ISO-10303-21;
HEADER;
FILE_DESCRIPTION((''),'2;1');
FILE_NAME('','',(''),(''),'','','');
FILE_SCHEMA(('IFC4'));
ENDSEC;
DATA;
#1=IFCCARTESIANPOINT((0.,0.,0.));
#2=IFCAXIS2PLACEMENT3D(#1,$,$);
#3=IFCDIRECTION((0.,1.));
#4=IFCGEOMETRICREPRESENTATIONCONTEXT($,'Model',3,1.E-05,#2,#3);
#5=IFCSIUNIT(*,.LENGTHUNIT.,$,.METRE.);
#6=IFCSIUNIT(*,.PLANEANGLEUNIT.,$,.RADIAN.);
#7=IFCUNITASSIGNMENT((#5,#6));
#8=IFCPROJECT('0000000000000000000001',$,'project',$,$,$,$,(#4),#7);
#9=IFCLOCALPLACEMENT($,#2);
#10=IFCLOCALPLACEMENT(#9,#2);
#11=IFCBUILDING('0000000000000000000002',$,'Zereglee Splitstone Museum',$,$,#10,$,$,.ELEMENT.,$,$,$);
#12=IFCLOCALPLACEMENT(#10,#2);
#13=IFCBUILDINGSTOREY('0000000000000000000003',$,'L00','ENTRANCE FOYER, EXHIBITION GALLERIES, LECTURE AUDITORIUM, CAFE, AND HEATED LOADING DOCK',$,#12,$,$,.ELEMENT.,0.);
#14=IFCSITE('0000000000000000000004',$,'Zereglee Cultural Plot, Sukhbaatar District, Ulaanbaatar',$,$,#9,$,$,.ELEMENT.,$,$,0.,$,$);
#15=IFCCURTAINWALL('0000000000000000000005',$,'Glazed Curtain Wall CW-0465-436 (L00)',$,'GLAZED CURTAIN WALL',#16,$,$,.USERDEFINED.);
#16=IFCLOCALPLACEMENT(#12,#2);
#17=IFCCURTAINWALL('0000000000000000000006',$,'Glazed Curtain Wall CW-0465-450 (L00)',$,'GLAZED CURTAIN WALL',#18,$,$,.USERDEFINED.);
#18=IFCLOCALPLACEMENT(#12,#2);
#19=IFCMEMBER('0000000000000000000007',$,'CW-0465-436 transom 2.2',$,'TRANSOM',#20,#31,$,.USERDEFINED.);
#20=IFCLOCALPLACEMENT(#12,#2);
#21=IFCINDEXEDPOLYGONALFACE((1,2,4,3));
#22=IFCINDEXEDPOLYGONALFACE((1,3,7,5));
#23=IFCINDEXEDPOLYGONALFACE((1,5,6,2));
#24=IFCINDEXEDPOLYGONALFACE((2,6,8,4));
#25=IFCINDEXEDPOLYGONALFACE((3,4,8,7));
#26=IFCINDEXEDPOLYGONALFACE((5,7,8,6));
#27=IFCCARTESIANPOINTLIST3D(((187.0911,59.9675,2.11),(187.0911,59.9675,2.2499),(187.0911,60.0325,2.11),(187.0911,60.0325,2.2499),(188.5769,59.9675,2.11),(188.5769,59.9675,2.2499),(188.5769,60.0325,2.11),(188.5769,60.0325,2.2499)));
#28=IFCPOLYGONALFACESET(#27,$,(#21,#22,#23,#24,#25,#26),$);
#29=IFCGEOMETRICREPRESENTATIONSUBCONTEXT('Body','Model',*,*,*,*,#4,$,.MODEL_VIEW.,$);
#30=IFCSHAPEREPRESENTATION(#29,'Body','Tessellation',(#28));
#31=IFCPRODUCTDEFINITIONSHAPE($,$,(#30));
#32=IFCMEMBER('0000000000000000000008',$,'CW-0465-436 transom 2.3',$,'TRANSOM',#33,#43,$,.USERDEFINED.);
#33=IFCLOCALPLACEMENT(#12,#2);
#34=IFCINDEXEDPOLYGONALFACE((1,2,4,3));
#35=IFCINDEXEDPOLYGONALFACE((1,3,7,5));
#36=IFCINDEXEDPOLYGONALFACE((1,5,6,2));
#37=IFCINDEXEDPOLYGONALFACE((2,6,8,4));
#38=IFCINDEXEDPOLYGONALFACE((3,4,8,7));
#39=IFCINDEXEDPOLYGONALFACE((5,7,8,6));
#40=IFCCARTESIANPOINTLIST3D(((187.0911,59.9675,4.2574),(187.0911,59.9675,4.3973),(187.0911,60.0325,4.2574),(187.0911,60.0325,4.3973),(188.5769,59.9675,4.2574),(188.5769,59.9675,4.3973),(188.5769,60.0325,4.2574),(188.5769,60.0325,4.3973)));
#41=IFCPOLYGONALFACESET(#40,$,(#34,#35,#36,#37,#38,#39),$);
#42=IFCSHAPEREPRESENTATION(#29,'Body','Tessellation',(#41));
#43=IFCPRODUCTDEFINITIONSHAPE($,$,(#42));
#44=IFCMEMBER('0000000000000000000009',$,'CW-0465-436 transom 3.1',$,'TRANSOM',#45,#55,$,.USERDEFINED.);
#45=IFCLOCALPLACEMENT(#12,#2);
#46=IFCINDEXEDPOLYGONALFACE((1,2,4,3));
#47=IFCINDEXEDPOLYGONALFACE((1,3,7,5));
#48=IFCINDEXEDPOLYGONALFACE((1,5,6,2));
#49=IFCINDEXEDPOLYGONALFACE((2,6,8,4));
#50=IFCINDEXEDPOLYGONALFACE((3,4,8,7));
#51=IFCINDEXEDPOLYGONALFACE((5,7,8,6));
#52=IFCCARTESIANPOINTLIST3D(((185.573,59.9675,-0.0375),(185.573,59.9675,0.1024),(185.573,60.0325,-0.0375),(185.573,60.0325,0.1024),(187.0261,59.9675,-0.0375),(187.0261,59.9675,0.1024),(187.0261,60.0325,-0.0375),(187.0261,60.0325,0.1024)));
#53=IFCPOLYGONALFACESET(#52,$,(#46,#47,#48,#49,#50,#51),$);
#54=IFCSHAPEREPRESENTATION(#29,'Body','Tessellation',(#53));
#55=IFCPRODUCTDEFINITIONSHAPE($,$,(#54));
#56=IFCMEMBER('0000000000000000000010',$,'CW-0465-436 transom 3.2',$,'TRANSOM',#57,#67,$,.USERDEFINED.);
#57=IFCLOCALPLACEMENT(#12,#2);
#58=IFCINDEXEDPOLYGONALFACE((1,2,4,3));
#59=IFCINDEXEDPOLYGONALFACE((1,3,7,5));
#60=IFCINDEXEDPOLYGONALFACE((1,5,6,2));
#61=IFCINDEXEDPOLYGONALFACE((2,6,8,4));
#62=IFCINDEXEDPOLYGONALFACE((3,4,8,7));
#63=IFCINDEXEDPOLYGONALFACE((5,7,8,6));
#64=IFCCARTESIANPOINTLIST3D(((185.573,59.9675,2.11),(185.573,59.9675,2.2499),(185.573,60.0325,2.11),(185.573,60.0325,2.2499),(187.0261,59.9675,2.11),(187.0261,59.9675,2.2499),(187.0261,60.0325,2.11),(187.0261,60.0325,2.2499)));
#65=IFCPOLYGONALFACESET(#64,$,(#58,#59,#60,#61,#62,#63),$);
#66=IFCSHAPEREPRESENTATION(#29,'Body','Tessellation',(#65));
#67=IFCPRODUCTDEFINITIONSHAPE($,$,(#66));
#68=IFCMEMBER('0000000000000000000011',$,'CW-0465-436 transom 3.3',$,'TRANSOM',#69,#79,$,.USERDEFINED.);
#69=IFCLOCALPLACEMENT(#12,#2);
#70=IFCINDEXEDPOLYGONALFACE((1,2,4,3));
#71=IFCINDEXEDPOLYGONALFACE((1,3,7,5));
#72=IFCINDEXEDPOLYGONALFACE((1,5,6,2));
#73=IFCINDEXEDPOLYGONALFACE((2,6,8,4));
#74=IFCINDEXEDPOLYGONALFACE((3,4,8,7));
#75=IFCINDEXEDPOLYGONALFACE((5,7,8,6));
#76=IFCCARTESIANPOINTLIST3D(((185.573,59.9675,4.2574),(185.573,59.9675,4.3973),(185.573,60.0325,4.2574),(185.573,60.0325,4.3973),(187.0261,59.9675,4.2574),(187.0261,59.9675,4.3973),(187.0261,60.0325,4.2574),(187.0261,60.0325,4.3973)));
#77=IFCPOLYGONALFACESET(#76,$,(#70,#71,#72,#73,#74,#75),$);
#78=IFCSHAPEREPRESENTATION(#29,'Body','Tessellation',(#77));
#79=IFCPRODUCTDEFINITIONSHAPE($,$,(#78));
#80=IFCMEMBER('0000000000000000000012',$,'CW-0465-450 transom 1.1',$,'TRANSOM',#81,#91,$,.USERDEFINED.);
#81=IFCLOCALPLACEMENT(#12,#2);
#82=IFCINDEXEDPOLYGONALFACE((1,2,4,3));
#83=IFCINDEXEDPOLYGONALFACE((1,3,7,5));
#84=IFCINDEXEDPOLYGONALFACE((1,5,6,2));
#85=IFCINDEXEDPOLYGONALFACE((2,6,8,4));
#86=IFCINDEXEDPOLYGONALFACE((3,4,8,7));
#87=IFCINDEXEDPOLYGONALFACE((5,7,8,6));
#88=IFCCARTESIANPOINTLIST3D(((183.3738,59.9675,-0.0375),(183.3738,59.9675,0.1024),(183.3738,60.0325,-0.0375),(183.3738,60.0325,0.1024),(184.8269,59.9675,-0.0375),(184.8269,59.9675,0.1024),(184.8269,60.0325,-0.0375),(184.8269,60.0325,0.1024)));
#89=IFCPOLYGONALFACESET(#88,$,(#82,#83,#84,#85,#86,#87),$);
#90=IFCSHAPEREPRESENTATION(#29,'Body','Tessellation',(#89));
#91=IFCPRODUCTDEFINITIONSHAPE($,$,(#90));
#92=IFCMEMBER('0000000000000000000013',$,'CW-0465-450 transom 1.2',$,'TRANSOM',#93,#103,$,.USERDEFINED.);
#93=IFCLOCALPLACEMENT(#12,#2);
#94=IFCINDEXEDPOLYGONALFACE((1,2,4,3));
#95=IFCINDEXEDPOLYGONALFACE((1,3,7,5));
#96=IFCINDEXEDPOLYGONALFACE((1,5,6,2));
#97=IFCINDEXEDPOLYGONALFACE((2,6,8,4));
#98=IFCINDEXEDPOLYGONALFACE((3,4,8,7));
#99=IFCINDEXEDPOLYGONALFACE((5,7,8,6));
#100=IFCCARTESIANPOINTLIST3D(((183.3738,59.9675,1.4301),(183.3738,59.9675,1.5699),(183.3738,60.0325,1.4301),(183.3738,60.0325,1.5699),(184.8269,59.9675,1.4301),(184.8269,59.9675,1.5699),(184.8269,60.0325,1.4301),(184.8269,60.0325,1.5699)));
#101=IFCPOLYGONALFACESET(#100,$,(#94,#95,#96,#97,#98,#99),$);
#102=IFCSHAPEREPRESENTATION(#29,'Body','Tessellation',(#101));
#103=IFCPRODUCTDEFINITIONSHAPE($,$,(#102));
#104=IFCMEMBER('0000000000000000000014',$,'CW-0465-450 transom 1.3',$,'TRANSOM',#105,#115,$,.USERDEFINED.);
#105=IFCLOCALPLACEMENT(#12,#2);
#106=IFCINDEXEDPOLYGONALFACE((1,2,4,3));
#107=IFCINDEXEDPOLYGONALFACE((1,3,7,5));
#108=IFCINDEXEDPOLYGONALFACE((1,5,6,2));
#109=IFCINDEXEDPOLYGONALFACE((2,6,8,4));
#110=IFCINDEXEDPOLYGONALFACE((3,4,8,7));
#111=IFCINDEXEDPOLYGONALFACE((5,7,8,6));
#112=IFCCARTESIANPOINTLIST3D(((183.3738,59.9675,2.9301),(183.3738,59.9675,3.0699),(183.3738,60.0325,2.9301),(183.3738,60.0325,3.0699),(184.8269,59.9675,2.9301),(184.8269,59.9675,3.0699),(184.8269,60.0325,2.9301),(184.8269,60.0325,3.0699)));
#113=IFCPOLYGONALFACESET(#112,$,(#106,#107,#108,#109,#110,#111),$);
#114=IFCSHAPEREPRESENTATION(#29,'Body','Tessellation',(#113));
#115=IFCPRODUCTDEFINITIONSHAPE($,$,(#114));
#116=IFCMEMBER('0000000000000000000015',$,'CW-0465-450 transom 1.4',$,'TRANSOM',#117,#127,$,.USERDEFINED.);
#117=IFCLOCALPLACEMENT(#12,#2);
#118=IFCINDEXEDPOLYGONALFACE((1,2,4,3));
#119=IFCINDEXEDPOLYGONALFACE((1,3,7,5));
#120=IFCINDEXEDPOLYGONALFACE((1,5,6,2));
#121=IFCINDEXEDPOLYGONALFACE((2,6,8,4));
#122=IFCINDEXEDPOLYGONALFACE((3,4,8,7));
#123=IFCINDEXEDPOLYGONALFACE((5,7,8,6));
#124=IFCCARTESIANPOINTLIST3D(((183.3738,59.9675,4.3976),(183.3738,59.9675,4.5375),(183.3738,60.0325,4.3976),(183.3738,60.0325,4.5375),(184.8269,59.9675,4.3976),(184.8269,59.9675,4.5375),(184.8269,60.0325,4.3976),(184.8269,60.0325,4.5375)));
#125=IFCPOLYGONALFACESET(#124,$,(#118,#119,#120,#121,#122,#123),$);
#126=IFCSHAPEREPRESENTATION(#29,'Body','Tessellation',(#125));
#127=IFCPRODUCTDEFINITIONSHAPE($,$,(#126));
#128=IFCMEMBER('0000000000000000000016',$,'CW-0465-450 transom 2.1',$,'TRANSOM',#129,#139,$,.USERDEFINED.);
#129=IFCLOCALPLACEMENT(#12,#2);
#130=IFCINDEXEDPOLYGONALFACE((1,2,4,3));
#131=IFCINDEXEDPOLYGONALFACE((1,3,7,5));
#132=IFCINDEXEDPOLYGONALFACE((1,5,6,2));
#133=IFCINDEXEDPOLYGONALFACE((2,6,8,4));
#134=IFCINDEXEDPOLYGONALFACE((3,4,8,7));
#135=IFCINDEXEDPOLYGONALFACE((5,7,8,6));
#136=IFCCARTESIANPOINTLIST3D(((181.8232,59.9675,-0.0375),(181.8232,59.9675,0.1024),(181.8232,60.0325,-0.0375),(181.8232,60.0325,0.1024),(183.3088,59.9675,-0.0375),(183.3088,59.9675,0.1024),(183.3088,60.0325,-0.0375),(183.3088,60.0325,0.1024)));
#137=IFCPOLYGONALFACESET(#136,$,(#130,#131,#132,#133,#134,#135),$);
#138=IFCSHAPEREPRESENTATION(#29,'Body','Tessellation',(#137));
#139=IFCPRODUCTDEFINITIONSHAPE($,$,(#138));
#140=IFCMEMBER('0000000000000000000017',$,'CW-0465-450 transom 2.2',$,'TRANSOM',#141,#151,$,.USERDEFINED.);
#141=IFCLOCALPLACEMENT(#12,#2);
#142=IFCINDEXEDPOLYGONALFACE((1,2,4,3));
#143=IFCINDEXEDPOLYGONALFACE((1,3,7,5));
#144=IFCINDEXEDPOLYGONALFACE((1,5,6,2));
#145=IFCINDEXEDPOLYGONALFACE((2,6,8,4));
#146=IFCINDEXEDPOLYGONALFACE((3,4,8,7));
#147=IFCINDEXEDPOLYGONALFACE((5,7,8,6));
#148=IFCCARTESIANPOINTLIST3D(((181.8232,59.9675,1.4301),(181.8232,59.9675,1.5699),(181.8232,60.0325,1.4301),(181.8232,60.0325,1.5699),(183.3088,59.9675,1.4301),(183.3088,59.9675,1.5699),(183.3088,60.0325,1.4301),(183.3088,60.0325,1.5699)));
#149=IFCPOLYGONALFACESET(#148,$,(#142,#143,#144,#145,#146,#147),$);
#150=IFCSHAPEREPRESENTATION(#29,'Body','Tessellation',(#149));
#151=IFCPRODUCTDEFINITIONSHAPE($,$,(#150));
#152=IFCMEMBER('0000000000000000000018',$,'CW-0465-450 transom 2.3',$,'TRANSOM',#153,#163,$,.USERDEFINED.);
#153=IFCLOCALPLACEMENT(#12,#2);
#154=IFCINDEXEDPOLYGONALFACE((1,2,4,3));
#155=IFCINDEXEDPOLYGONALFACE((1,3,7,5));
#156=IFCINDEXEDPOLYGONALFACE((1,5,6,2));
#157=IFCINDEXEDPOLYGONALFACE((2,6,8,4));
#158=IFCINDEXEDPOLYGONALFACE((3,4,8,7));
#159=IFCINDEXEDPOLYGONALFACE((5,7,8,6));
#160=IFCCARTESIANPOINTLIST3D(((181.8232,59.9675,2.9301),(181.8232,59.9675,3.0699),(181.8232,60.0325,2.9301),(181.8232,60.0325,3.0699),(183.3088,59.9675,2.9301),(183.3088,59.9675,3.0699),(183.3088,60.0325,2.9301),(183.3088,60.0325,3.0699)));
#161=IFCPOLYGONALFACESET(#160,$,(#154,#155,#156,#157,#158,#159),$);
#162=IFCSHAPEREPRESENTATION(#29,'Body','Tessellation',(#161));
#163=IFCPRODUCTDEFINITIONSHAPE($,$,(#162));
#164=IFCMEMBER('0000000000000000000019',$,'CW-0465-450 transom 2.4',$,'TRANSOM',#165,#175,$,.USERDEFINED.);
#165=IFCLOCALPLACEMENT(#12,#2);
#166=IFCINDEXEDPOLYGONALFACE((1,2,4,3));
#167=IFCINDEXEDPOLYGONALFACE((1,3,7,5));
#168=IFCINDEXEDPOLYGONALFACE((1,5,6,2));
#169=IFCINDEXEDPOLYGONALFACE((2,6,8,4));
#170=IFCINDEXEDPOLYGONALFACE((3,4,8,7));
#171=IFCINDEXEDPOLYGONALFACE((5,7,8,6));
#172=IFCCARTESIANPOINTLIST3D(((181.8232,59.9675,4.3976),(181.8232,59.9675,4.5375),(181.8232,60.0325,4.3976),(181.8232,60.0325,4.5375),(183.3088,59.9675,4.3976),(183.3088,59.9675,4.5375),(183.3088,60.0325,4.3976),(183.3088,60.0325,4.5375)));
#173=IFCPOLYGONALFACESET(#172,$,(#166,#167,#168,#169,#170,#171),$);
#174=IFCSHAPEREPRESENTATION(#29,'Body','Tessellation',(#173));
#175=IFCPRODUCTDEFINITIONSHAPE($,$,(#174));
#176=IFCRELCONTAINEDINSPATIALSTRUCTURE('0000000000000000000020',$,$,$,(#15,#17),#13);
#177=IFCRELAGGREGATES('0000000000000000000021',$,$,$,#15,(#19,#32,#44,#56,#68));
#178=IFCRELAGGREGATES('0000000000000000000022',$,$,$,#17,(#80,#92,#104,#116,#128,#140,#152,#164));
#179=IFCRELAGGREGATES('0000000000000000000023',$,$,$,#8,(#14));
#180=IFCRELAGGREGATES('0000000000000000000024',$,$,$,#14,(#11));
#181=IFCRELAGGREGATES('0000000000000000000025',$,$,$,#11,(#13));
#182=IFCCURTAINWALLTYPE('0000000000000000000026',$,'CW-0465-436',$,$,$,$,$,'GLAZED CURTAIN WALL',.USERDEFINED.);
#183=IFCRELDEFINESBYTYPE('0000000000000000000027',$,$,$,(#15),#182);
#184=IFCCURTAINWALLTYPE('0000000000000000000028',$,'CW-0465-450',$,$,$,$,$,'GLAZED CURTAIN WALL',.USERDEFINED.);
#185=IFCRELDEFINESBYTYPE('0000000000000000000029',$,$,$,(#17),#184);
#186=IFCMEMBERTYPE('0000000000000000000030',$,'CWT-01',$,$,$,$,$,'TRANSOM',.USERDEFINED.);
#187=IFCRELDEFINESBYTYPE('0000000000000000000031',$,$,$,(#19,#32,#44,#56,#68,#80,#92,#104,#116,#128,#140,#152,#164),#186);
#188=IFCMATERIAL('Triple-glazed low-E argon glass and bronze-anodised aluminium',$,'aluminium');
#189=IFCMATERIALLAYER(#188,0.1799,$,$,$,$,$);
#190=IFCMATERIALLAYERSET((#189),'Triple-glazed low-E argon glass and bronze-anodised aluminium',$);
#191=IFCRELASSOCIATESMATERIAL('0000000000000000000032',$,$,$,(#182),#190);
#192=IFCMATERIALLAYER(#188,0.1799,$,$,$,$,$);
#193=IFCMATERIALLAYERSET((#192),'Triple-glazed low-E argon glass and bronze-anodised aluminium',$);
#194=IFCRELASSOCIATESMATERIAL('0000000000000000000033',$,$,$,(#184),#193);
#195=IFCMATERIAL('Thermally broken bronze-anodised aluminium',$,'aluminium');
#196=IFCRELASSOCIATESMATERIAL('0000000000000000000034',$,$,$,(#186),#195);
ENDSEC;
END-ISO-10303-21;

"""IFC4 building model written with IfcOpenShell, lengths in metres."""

from ifc_helpers import new_model, si_unit, direction, frame, origin, origin_2d, place, context, subcontext, project, spatial, rectangle, extrude, material, layer, layer_set, material_profile, profile_set, type_object, element, aggregate, save


model = new_model("IFC4")

# Units and contexts
model_context = context("Model", 3, precision=1e-05, world=origin(), true_north=direction((0.0, 1.0)))
body_context = subcontext(model_context, "Body", "Model", "MODEL_VIEW")
ifc_project = project(units=[si_unit("LENGTHUNIT", "METRE"), si_unit("PLANEANGLEUNIT", "RADIAN")], contexts=[model_context])

# Site, building, storey
site_placement = place(None, origin())
site = spatial("IfcSite", under=ifc_project, at=site_placement, Name="Zereglee Cultural Plot, Sukhbaatar District, Ulaanbaatar", CompositionType="ELEMENT", RefElevation=0.0)
building_placement = place(site_placement, origin())
building = spatial("IfcBuilding", under=site, at=building_placement, Name="Zereglee Splitstone Museum", CompositionType="ELEMENT")
storey_placement = place(building_placement, origin())
storey = spatial("IfcBuildingStorey", under=building, at=storey_placement, Name="L00", Description="ENTRANCE FOYER, EXHIBITION GALLERIES, LECTURE AUDITORIUM, CAFE, AND HEATED LOADING DOCK", CompositionType="ELEMENT", Elevation=0.0)

# Shared definitions
ifc_material_1 = material(Name="Triple-glazed low-E argon glass and bronze-anodised aluminium", Category="aluminium")
ifc_material_2 = material(Name="Thermally broken bronze-anodised aluminium", Category="aluminium")

# Curtain walls
ifc_layer_1 = layer(ifc_material_1, 0.1799)
ifc_layer_set_1 = layer_set([ifc_layer_1], Name="Triple-glazed low-E argon glass and bronze-anodised aluminium")
curtain_wall_type_1 = type_object("IfcCurtainWallType", Name="CW-0465-436", ElementType="GLAZED CURTAIN WALL", PredefinedType="USERDEFINED", material=ifc_layer_set_1)
curtain_wall_1_placement = place(storey_placement, origin())
curtain_wall_1 = element("IfcCurtainWall", 1, at=curtain_wall_1_placement, inside=storey, type_object=curtain_wall_type_1, Name="Glazed Curtain Wall CW-0465-436 (L00)", ObjectType="GLAZED CURTAIN WALL", PredefinedType="USERDEFINED")
ifc_layer_2 = layer(ifc_material_1, 0.1799)
ifc_layer_set_2 = layer_set([ifc_layer_2], Name="Triple-glazed low-E argon glass and bronze-anodised aluminium")
curtain_wall_type_2 = type_object("IfcCurtainWallType", Name="CW-0465-450", ElementType="GLAZED CURTAIN WALL", PredefinedType="USERDEFINED", material=ifc_layer_set_2)
curtain_wall_2_placement = place(storey_placement, origin())
curtain_wall_2 = element("IfcCurtainWall", 2, at=curtain_wall_2_placement, inside=storey, type_object=curtain_wall_type_2, Name="Glazed Curtain Wall CW-0465-450 (L00)", ObjectType="GLAZED CURTAIN WALL", PredefinedType="USERDEFINED")

# Members
ifc_material_profile_1 = material_profile(ifc_material_2, rectangle(XDim=0.0649, YDim=0.1399, at=origin_2d()), Name="CW TRAN 65x140")
ifc_profile_set_1 = profile_set([ifc_material_profile_1], Name="Thermally broken bronze-anodised aluminium")
member_type_1 = type_object("IfcMemberType", Name="CWT-01", ElementType="TRANSOM", PredefinedType="USERDEFINED", material=ifc_profile_set_1)
member_1_placement = place(storey_placement, frame((188.5769, 60.0, 2.1799), z_axis=(-1.0, 0.0, 0.0), x_axis=(0.0, -1.0, 0.0)))
member_1 = element("IfcMember", 3, at=member_1_placement, type_object=member_type_1, Name="CW-0465-436 transom 2.2", ObjectType="TRANSOM", PredefinedType="USERDEFINED", context=body_context, shape_type="SweptSolid", body=[
    extrude(rectangle(XDim=0.0649, YDim=0.1399, at=origin_2d()), origin(), (0.0, 0.0, 1.0), 1.4858),
])
member_2_placement = place(storey_placement, frame((188.5769, 60.0, 4.3274), z_axis=(-1.0, 0.0, 0.0), x_axis=(0.0, -1.0, 0.0)))
member_2 = element("IfcMember", 4, at=member_2_placement, type_object=member_type_1, Name="CW-0465-436 transom 2.3", ObjectType="TRANSOM", PredefinedType="USERDEFINED", context=body_context, shape_type="SweptSolid", body=[
    extrude(rectangle(XDim=0.0649, YDim=0.1399, at=origin_2d()), origin(), (0.0, 0.0, 1.0), 1.4858),
])
member_3_placement = place(storey_placement, frame((187.0261, 60.0, 0.0325), z_axis=(-1.0, 0.0, 0.0), x_axis=(0.0, -1.0, 0.0)))
member_3 = element("IfcMember", 5, at=member_3_placement, type_object=member_type_1, Name="CW-0465-436 transom 3.1", ObjectType="TRANSOM", PredefinedType="USERDEFINED", context=body_context, shape_type="SweptSolid", body=[
    extrude(rectangle(XDim=0.0649, YDim=0.1399, at=origin_2d()), origin(), (0.0, 0.0, 1.0), 1.4531),
])
member_4_placement = place(storey_placement, frame((187.0261, 60.0, 2.1799), z_axis=(-1.0, 0.0, 0.0), x_axis=(0.0, -1.0, 0.0)))
member_4 = element("IfcMember", 6, at=member_4_placement, type_object=member_type_1, Name="CW-0465-436 transom 3.2", ObjectType="TRANSOM", PredefinedType="USERDEFINED", context=body_context, shape_type="SweptSolid", body=[
    extrude(rectangle(XDim=0.0649, YDim=0.1399, at=origin_2d()), origin(), (0.0, 0.0, 1.0), 1.4531),
])
member_5_placement = place(storey_placement, frame((187.0261, 60.0, 4.3274), z_axis=(-1.0, 0.0, 0.0), x_axis=(0.0, -1.0, 0.0)))
member_5 = element("IfcMember", 7, at=member_5_placement, type_object=member_type_1, Name="CW-0465-436 transom 3.3", ObjectType="TRANSOM", PredefinedType="USERDEFINED", context=body_context, shape_type="SweptSolid", body=[
    extrude(rectangle(XDim=0.0649, YDim=0.1399, at=origin_2d()), origin(), (0.0, 0.0, 1.0), 1.4531),
])
member_6_placement = place(storey_placement, frame((184.8269, 60.0, 0.0325), z_axis=(-1.0, 0.0, 0.0), x_axis=(0.0, -1.0, 0.0)))
member_6 = element("IfcMember", 8, at=member_6_placement, type_object=member_type_1, Name="CW-0465-450 transom 1.1", ObjectType="TRANSOM", PredefinedType="USERDEFINED", context=body_context, shape_type="SweptSolid", body=[
    extrude(rectangle(XDim=0.0649, YDim=0.1399, at=origin_2d()), origin(), (0.0, 0.0, 1.0), 1.4531),
])
member_7_placement = place(storey_placement, frame((184.8269, 60.0, 1.5), z_axis=(-1.0, 0.0, 0.0), x_axis=(0.0, -1.0, 0.0)))
member_7 = element("IfcMember", 9, at=member_7_placement, type_object=member_type_1, Name="CW-0465-450 transom 1.2", ObjectType="TRANSOM", PredefinedType="USERDEFINED", context=body_context, shape_type="SweptSolid", body=[
    extrude(rectangle(XDim=0.0649, YDim=0.1399, at=origin_2d()), origin(), (0.0, 0.0, 1.0), 1.4531),
])
member_8_placement = place(storey_placement, frame((184.8269, 60.0, 3.0), z_axis=(-1.0, 0.0, 0.0), x_axis=(0.0, -1.0, 0.0)))
member_8 = element("IfcMember", 10, at=member_8_placement, type_object=member_type_1, Name="CW-0465-450 transom 1.3", ObjectType="TRANSOM", PredefinedType="USERDEFINED", context=body_context, shape_type="SweptSolid", body=[
    extrude(rectangle(XDim=0.0649, YDim=0.1399, at=origin_2d()), origin(), (0.0, 0.0, 1.0), 1.4531),
])
member_9_placement = place(storey_placement, frame((184.8269, 60.0, 4.4675), z_axis=(-1.0, 0.0, 0.0), x_axis=(0.0, -1.0, 0.0)))
member_9 = element("IfcMember", 11, at=member_9_placement, type_object=member_type_1, Name="CW-0465-450 transom 1.4", ObjectType="TRANSOM", PredefinedType="USERDEFINED", context=body_context, shape_type="SweptSolid", body=[
    extrude(rectangle(XDim=0.0649, YDim=0.1399, at=origin_2d()), origin(), (0.0, 0.0, 1.0), 1.4531),
])
member_10_placement = place(storey_placement, frame((183.3088, 60.0, 0.0325), z_axis=(-1.0, 0.0, 0.0), x_axis=(0.0, -1.0, 0.0)))
member_10 = element("IfcMember", 12, at=member_10_placement, type_object=member_type_1, Name="CW-0465-450 transom 2.1", ObjectType="TRANSOM", PredefinedType="USERDEFINED", context=body_context, shape_type="SweptSolid", body=[
    extrude(rectangle(XDim=0.0649, YDim=0.1399, at=origin_2d()), origin(), (0.0, 0.0, 1.0), 1.4856),
])
member_11_placement = place(storey_placement, frame((183.3088, 60.0, 1.5), z_axis=(-1.0, 0.0, 0.0), x_axis=(0.0, -1.0, 0.0)))
member_11 = element("IfcMember", 13, at=member_11_placement, type_object=member_type_1, Name="CW-0465-450 transom 2.2", ObjectType="TRANSOM", PredefinedType="USERDEFINED", context=body_context, shape_type="SweptSolid", body=[
    extrude(rectangle(XDim=0.0649, YDim=0.1399, at=origin_2d()), origin(), (0.0, 0.0, 1.0), 1.4856),
])
member_12_placement = place(storey_placement, frame((183.3088, 60.0, 3.0), z_axis=(-1.0, 0.0, 0.0), x_axis=(0.0, -1.0, 0.0)))
member_12 = element("IfcMember", 14, at=member_12_placement, type_object=member_type_1, Name="CW-0465-450 transom 2.3", ObjectType="TRANSOM", PredefinedType="USERDEFINED", context=body_context, shape_type="SweptSolid", body=[
    extrude(rectangle(XDim=0.0649, YDim=0.1399, at=origin_2d()), origin(), (0.0, 0.0, 1.0), 1.4856),
])
member_13_placement = place(storey_placement, frame((183.3088, 60.0, 4.4675), z_axis=(-1.0, 0.0, 0.0), x_axis=(0.0, -1.0, 0.0)))
member_13 = element("IfcMember", 15, at=member_13_placement, type_object=member_type_1, Name="CW-0465-450 transom 2.4", ObjectType="TRANSOM", PredefinedType="USERDEFINED", context=body_context, shape_type="SweptSolid", body=[
    extrude(rectangle(XDim=0.0649, YDim=0.1399, at=origin_2d()), origin(), (0.0, 0.0, 1.0), 1.4856),
])

aggregate(curtain_wall_1, [member_1, member_2, member_3, member_4, member_5])
aggregate(curtain_wall_2, [member_6, member_7, member_8, member_9, member_10, member_11, member_12, member_13])

save(model, "model.ifc")
